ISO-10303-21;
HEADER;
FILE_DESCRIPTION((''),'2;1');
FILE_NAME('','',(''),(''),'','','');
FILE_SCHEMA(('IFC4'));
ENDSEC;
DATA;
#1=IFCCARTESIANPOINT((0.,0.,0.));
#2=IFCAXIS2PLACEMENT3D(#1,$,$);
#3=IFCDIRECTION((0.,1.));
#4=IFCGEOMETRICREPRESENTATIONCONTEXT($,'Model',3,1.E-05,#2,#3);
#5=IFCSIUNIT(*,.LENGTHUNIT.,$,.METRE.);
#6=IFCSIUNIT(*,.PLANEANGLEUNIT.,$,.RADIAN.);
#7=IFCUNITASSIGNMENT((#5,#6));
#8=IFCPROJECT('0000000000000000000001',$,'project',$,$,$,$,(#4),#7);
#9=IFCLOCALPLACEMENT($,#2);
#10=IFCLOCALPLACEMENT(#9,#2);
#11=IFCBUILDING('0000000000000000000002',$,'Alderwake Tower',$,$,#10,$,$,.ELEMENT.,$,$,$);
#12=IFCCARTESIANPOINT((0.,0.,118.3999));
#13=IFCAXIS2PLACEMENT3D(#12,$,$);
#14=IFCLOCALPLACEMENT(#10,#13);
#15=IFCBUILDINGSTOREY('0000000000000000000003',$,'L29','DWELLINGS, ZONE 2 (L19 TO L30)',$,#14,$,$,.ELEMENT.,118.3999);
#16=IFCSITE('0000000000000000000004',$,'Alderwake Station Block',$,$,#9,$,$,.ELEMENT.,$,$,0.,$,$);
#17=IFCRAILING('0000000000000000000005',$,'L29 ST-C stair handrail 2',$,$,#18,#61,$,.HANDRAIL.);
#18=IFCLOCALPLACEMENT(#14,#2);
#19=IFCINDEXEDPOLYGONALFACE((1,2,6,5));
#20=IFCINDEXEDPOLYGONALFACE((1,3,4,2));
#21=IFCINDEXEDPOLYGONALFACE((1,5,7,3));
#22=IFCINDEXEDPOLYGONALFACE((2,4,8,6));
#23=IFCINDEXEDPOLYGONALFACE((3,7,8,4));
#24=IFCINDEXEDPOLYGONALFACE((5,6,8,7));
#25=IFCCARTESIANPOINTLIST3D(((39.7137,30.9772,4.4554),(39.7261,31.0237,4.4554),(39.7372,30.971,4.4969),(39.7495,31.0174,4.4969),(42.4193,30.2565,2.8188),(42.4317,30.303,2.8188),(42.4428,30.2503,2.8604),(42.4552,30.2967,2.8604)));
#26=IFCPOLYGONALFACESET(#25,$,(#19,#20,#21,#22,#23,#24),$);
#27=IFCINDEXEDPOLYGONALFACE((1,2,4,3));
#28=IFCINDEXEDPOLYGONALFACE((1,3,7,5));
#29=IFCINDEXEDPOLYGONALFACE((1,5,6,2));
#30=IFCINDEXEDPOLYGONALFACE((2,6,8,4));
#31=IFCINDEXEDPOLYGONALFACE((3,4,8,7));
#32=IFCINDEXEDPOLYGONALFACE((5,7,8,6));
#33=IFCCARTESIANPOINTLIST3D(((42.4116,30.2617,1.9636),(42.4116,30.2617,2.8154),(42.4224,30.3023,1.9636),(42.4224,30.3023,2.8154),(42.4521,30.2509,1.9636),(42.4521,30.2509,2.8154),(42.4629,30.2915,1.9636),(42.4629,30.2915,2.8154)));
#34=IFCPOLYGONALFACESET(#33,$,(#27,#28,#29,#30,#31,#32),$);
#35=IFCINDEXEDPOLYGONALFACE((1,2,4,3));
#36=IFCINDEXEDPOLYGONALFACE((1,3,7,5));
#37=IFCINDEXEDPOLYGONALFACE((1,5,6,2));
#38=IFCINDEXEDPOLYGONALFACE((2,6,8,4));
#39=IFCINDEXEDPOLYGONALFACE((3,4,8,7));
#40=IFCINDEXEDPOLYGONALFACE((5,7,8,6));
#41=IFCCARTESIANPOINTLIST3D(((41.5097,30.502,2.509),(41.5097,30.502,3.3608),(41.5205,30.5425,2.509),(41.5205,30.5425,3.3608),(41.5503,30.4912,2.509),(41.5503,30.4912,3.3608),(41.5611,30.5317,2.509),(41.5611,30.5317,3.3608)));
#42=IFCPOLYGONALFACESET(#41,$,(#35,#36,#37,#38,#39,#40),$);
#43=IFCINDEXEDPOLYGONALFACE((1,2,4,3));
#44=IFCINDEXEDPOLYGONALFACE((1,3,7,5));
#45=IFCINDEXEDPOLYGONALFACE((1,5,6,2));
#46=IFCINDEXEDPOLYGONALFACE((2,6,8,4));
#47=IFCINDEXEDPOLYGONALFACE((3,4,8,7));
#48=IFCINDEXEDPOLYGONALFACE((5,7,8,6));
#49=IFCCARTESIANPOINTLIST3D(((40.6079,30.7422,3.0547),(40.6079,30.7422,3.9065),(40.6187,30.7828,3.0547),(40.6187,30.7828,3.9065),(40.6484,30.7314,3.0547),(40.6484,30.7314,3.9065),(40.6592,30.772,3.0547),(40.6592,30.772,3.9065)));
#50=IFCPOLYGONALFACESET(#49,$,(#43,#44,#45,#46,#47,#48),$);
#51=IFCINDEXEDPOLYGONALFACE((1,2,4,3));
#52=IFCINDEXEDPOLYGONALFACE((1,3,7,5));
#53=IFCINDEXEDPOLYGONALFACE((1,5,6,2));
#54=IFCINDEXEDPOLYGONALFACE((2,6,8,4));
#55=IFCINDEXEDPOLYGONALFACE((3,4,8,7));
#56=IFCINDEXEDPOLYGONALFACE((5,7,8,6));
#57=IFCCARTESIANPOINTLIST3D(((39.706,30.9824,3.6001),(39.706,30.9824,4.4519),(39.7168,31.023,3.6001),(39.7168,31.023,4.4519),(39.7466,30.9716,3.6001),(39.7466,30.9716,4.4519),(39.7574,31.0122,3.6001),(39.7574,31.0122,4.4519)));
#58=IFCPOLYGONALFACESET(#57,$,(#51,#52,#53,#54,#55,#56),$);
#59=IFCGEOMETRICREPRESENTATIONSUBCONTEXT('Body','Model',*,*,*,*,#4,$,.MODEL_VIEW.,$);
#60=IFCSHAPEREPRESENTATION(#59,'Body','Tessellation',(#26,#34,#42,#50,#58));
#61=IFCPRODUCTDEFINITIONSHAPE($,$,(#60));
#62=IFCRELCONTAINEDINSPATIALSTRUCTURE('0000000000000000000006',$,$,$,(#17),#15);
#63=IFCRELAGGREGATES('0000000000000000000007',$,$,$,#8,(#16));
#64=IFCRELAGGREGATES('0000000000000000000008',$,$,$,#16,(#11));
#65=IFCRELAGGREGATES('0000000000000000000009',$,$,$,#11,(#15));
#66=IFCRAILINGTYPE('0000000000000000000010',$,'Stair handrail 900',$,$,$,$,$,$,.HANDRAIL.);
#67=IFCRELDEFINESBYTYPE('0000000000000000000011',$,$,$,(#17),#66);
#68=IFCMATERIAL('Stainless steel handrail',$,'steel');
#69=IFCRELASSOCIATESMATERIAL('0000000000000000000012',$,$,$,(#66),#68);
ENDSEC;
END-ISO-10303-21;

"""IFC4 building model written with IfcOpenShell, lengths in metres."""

from ifc_helpers import new_model, si_unit, direction, frame, origin, origin_2d, place, context, subcontext, project, spatial, rectangle, extrude, material, type_object, element, save


model = new_model("IFC4")

# Units and contexts
model_context = context("Model", 3, precision=1e-05, world=origin(), true_north=direction((0.0, 1.0)))
body_context = subcontext(model_context, "Body", "Model", "MODEL_VIEW")
ifc_project = project(units=[si_unit("LENGTHUNIT", "METRE"), si_unit("PLANEANGLEUNIT", "RADIAN")], contexts=[model_context])

# Site, building, storey
site_placement = place(None, origin())
site = spatial("IfcSite", under=ifc_project, at=site_placement, Name="Alderwake Station Block", CompositionType="ELEMENT", RefElevation=0.0)
building_placement = place(site_placement, origin())
building = spatial("IfcBuilding", under=site, at=building_placement, Name="Alderwake Tower", CompositionType="ELEMENT")
storey_placement = place(building_placement, frame((0.0, 0.0, 118.3999)))
storey = spatial("IfcBuildingStorey", under=building, at=storey_placement, Name="L29", Description="DWELLINGS, ZONE 2 (L19 TO L30)", CompositionType="ELEMENT", Elevation=118.3999)

# Railing
ifc_material_1 = material(Name="Stainless steel handrail", Category="steel")
railing_type_1 = type_object("IfcRailingType", Name="Stair handrail 900", PredefinedType="HANDRAIL", material=ifc_material_1)
railing_1_placement = place(storey_placement, frame((42.4373, 30.2766, 1.9636)))
element("IfcRailing", 1, at=railing_1_placement, inside=storey, type_object=railing_type_1, Name="L29 ST-C stair handrail 2", PredefinedType="HANDRAIL", context=body_context, shape_type="SweptSolid", body=[
    extrude(rectangle(XDim=0.0481, YDim=0.0481, at=origin_2d()), frame((0.0, 0.0, 0.876), z_axis=(-0.834259, 0.222228, 0.504605), x_axis=(-0.257402, -0.966304, 0.0)), (0.0, 0.0, 1.0), 3.2432),
    extrude(rectangle(XDim=0.042, YDim=0.042, at=origin_2d()), frame((0.0, 0.0, 0.0), z_axis=(0.0, 0.0, 1.0), x_axis=(-0.966304, 0.257402, 0.0)), (0.0, 0.0, 1.0), 0.8518),
    extrude(rectangle(XDim=0.042, YDim=0.042, at=origin_2d()), frame((-0.9019, 0.2402, 0.5454), z_axis=(0.0, 0.0, 1.0), x_axis=(-0.966304, 0.257402, 0.0)), (0.0, 0.0, 1.0), 0.8518),
    extrude(rectangle(XDim=0.042, YDim=0.042, at=origin_2d()), frame((-1.8037, 0.4805, 1.0911), z_axis=(0.0, 0.0, 1.0), x_axis=(-0.966304, 0.257402, 0.0)), (0.0, 0.0, 1.0), 0.8518),
    extrude(rectangle(XDim=0.042, YDim=0.042, at=origin_2d()), frame((-2.7056, 0.7207, 1.6365), z_axis=(0.0, 0.0, 1.0), x_axis=(-0.966304, 0.257402, 0.0)), (0.0, 0.0, 1.0), 0.8518),
])

save(model, "model.ifc")
